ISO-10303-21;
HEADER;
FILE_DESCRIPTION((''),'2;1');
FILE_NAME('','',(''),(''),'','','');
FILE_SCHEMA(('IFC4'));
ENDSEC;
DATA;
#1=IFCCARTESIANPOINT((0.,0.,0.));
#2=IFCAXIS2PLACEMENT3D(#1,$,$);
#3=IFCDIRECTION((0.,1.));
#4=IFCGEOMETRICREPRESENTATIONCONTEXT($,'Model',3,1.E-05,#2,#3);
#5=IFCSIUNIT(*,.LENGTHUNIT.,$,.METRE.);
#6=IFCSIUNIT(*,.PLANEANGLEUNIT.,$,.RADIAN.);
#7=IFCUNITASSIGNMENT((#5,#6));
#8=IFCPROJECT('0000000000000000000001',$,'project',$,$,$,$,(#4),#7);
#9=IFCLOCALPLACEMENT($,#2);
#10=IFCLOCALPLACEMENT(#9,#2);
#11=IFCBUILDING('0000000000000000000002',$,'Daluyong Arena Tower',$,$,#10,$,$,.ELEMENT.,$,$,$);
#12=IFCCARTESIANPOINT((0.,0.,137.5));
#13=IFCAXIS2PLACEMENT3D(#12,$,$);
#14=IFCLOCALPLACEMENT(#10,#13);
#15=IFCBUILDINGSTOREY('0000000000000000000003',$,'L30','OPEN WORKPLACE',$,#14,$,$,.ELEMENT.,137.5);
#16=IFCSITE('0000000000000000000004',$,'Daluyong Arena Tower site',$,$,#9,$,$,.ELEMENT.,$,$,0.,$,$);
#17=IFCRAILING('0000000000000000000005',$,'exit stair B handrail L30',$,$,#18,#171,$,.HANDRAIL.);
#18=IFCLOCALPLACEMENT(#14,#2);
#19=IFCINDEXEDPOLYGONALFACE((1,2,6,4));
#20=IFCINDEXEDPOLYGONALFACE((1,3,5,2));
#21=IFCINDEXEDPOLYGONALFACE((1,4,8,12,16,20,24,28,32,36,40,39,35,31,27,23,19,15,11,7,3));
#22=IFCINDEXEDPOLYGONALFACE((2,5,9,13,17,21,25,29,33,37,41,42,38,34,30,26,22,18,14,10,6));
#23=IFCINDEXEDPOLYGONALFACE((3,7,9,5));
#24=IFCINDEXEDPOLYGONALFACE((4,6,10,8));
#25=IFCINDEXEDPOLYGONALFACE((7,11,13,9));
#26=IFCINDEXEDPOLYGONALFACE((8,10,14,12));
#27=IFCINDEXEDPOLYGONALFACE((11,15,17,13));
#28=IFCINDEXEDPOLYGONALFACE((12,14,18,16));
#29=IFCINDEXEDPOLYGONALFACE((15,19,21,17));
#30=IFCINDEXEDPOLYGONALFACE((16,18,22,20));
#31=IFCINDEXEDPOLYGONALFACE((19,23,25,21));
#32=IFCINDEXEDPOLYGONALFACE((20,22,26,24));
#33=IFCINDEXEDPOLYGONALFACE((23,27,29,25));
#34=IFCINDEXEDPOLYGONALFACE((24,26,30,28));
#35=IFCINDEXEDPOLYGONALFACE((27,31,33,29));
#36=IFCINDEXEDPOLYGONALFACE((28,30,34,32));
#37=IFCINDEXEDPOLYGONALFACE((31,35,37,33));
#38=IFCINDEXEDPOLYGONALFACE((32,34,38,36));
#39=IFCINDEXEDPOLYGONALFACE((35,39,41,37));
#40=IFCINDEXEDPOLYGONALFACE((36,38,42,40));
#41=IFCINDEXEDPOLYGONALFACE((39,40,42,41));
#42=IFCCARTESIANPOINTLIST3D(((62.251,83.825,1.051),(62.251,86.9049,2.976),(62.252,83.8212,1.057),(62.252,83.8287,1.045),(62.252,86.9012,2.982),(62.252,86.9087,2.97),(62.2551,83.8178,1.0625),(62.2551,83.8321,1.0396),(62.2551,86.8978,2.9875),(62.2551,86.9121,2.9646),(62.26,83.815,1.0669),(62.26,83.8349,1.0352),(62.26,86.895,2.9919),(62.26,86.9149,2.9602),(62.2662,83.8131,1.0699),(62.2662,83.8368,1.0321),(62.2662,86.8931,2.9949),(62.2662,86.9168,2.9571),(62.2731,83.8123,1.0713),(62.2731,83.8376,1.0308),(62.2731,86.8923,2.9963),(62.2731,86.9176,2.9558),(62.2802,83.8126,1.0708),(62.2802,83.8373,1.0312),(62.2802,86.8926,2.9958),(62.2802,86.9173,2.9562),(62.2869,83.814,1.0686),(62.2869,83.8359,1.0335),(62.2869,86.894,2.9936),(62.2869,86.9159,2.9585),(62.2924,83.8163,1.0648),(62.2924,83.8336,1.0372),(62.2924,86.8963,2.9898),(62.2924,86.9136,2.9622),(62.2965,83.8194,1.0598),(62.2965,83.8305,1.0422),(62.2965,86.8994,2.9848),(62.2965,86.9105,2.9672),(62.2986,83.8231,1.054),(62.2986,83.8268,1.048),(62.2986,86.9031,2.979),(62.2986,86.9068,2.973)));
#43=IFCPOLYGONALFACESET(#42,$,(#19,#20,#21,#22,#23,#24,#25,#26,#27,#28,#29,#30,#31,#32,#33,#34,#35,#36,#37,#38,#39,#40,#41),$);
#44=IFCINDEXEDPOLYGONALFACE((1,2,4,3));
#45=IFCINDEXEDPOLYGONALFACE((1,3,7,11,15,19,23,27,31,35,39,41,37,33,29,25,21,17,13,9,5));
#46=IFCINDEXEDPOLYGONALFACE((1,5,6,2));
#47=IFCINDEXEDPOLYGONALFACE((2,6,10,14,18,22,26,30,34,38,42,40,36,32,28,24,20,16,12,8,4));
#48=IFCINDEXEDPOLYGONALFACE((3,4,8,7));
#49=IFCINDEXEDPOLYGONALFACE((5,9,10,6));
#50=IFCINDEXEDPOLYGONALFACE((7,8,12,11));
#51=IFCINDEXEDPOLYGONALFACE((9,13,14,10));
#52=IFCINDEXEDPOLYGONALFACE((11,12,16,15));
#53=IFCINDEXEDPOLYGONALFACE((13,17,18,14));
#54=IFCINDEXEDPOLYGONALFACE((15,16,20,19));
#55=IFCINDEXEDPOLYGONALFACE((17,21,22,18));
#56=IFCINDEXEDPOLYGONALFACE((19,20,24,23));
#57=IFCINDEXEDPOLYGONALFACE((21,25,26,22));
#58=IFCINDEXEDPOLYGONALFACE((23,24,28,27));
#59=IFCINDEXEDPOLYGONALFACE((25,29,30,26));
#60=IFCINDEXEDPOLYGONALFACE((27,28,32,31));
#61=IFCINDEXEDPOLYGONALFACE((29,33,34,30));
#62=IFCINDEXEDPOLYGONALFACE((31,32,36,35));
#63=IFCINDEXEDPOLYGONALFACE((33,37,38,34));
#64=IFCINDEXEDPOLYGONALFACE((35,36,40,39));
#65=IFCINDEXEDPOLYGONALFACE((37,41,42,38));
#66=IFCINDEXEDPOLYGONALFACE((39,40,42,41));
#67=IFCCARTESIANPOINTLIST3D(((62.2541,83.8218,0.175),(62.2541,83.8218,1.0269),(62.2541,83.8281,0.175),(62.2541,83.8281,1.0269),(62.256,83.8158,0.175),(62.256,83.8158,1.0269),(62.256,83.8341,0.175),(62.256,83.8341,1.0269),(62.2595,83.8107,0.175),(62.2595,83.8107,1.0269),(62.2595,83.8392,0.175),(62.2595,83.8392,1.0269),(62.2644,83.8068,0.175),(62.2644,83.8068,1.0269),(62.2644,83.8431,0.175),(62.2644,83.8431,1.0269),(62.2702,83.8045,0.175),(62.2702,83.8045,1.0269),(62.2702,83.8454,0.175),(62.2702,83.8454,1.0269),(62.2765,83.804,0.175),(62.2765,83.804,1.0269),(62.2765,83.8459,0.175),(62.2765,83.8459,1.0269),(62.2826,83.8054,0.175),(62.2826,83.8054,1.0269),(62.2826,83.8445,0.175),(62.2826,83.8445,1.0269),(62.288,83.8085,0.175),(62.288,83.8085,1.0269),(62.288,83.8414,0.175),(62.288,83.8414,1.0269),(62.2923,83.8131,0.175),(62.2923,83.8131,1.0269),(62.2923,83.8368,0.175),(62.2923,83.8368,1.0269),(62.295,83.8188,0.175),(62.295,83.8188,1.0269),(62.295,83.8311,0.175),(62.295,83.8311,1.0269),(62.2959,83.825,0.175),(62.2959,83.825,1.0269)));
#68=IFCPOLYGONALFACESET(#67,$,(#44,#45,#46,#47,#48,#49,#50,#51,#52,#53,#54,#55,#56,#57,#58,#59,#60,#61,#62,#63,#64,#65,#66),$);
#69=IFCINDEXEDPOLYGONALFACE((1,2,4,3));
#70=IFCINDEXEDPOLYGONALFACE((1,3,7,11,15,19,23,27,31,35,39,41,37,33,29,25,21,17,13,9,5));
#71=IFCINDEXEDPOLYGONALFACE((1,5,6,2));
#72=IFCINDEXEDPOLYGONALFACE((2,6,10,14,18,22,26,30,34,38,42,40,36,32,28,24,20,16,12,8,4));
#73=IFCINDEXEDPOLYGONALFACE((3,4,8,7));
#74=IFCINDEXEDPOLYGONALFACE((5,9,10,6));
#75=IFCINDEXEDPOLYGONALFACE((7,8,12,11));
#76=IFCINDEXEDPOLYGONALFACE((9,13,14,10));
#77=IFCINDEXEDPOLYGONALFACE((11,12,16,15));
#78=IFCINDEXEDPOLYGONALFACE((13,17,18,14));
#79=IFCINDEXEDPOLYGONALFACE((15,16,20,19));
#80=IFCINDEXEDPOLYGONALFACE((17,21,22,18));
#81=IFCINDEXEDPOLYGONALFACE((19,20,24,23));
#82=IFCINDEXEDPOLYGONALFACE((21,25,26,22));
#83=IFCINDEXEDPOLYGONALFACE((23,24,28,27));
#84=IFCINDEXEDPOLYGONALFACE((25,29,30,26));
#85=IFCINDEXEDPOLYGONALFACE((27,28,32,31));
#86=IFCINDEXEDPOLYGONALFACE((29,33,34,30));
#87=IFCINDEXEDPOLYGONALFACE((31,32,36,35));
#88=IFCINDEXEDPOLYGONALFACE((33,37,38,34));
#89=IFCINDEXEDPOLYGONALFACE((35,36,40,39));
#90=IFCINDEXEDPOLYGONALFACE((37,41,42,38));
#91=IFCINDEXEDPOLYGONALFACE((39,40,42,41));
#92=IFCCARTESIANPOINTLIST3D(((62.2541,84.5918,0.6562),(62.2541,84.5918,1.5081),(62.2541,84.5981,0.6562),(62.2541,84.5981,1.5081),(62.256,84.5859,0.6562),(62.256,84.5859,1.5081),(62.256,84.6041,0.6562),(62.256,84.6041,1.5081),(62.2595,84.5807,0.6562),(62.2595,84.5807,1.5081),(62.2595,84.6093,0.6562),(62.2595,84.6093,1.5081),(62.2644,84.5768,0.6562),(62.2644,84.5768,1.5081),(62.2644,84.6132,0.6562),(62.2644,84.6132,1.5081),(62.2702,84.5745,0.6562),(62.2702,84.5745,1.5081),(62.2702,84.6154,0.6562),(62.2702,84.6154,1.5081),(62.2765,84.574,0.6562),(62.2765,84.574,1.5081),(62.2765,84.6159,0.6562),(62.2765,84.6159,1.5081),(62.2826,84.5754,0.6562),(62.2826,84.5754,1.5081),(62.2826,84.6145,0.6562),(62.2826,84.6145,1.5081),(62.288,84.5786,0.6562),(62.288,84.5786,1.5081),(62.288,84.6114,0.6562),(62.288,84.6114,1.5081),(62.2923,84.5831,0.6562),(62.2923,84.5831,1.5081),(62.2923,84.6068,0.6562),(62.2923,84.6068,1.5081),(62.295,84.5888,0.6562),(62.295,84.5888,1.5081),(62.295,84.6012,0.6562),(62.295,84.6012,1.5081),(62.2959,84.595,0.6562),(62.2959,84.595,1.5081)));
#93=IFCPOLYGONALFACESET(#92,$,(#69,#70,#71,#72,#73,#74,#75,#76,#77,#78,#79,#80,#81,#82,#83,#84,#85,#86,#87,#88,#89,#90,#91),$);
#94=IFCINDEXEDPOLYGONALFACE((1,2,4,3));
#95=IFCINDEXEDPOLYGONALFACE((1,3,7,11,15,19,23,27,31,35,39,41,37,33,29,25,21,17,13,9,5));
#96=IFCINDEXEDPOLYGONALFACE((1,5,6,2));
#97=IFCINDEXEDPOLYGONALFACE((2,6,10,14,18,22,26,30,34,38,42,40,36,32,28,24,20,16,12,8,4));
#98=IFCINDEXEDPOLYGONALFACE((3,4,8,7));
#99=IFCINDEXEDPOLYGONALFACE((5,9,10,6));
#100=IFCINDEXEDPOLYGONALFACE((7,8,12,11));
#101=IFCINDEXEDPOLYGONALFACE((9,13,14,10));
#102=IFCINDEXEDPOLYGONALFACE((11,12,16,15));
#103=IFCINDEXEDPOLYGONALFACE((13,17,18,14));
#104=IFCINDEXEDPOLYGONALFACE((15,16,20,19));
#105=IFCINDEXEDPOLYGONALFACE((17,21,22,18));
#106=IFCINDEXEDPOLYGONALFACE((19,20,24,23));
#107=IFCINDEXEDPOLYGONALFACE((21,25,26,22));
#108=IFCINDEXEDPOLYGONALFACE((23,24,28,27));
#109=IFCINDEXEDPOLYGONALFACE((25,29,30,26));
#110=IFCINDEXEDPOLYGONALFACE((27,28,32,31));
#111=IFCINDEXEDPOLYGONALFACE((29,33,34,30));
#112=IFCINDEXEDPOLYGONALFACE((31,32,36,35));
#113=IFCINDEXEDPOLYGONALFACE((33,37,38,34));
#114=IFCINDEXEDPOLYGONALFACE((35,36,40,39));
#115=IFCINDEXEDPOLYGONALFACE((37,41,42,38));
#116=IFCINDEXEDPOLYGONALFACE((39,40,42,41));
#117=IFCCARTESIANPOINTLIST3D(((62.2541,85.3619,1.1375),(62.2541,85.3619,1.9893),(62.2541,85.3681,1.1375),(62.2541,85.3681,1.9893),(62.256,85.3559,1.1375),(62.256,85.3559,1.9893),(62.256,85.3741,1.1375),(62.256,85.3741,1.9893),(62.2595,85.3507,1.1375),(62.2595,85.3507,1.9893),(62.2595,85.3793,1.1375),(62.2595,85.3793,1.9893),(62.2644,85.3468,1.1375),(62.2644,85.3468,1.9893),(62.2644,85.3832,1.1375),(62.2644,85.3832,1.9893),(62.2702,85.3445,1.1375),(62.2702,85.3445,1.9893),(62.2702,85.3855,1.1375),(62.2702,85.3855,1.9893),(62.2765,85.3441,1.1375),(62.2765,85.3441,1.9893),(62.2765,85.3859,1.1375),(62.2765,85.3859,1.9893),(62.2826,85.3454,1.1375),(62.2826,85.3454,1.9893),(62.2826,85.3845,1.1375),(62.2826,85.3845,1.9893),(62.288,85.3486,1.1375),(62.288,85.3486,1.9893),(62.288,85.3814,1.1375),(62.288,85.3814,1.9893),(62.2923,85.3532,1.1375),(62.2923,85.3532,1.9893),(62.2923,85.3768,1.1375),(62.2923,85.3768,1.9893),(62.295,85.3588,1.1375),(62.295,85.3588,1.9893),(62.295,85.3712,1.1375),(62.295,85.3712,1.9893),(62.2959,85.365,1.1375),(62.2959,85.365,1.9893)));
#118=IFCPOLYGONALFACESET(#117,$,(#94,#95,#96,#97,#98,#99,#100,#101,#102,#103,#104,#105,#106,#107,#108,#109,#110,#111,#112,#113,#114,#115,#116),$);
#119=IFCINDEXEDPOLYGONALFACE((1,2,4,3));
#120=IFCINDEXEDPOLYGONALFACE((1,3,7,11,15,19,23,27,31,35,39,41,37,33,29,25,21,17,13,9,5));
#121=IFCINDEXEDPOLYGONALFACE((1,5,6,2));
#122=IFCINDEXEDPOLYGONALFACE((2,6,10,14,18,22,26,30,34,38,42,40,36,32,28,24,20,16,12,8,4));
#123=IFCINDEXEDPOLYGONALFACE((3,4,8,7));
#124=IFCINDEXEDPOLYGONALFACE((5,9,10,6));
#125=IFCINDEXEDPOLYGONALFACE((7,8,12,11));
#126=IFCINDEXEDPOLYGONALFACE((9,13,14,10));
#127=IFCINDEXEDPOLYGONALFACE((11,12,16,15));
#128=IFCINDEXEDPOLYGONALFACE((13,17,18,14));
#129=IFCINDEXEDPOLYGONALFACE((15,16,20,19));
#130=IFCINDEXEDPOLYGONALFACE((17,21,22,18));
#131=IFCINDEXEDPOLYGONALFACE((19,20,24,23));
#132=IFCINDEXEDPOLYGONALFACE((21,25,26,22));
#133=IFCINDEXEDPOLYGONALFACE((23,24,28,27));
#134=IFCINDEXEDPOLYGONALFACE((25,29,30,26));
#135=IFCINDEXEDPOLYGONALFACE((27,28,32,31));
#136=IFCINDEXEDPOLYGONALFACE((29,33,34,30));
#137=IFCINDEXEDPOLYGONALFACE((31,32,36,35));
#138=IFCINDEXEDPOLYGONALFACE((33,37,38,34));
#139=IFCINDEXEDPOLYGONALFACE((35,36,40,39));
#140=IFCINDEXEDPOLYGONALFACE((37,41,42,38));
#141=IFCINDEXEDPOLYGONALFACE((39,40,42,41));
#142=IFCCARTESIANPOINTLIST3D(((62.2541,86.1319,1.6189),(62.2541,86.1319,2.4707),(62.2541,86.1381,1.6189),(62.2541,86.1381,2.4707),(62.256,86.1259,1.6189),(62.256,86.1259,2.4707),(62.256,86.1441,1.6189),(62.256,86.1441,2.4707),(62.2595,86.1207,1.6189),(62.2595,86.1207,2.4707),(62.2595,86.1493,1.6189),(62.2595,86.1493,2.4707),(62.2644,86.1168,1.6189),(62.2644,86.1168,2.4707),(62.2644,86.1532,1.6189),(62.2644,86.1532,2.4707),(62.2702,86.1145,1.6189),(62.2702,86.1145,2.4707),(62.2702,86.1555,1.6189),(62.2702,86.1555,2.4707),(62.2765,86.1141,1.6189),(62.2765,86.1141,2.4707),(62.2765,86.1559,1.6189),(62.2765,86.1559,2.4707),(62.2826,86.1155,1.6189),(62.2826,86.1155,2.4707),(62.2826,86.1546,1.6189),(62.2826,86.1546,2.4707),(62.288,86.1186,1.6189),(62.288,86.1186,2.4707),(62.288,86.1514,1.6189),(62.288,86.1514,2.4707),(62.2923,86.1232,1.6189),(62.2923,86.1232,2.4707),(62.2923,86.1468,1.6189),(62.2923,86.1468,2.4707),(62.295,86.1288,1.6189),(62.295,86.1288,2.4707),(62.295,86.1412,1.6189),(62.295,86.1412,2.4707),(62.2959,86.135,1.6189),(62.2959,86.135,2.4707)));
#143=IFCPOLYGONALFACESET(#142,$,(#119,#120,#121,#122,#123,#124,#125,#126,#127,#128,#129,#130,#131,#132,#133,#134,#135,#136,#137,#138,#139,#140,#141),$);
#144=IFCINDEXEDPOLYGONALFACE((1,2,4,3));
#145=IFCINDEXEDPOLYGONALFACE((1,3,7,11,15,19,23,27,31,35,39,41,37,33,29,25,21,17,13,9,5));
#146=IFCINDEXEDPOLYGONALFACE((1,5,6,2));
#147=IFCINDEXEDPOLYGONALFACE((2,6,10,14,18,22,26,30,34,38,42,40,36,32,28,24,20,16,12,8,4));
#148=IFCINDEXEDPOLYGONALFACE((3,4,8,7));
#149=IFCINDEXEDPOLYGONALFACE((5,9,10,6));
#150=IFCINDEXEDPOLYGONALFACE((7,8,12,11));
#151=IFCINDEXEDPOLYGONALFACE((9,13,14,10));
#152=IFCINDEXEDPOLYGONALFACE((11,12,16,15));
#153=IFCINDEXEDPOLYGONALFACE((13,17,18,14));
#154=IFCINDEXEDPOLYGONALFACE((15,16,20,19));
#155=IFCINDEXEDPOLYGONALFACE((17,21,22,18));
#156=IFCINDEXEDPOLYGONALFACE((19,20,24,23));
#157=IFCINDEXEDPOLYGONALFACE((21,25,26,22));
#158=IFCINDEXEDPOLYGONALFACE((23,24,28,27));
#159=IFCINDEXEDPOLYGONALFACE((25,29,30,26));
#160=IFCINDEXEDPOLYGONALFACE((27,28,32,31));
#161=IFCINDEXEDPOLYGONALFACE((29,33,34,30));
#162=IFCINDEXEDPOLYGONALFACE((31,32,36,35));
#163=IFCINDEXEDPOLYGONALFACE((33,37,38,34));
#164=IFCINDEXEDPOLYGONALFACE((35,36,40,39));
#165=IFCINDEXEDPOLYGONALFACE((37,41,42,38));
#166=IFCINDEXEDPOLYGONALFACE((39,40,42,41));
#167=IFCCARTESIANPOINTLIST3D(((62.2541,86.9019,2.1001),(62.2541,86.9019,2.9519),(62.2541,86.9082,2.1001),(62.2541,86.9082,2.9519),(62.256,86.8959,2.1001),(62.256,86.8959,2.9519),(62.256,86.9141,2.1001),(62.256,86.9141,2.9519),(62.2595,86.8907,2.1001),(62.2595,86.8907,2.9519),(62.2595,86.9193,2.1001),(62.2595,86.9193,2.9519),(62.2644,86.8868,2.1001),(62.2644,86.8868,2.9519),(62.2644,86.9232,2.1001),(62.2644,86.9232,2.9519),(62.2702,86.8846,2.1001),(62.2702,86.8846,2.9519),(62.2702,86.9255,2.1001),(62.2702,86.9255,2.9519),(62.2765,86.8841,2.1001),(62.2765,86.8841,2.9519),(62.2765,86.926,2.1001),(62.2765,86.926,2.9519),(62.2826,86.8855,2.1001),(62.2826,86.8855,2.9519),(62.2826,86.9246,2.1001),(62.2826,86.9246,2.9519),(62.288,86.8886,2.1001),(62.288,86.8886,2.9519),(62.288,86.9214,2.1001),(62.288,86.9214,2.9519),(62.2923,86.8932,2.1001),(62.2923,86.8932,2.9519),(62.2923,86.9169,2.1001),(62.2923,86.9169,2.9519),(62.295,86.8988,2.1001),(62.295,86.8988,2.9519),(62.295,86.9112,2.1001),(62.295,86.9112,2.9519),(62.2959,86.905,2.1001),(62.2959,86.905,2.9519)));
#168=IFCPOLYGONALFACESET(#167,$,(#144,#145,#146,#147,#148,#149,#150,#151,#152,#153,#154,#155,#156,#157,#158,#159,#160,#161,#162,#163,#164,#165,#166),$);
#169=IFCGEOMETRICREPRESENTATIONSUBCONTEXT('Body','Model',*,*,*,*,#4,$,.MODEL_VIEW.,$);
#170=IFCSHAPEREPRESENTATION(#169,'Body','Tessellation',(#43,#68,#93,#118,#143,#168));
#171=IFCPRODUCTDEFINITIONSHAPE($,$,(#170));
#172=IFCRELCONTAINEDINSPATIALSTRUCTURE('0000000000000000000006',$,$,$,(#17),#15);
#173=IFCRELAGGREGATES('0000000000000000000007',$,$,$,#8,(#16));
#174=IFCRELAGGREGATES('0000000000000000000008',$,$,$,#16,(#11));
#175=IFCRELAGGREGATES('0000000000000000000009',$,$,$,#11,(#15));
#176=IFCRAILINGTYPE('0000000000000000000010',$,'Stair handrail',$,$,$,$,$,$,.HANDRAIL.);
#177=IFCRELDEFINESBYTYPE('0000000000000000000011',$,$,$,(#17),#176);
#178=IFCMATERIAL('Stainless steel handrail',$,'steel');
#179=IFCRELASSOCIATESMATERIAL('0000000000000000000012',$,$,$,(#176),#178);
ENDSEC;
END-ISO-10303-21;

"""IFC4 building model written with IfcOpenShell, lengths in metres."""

from ifc_helpers import new_model, si_unit, direction, frame, origin, origin_2d, place, context, subcontext, project, spatial, circle, extrude, material, type_object, element, save


model = new_model("IFC4")

# Units and contexts
model_context = context("Model", 3, precision=1e-05, world=origin(), true_north=direction((0.0, 1.0)))
body_context = subcontext(model_context, "Body", "Model", "MODEL_VIEW")
ifc_project = project(units=[si_unit("LENGTHUNIT", "METRE"), si_unit("PLANEANGLEUNIT", "RADIAN")], contexts=[model_context])

# Site, building, storey
site_placement = place(None, origin())
site = spatial("IfcSite", under=ifc_project, at=site_placement, Name="Daluyong Arena Tower site", CompositionType="ELEMENT", RefElevation=0.0)
building_placement = place(site_placement, origin())
building = spatial("IfcBuilding", under=site, at=building_placement, Name="Daluyong Arena Tower", CompositionType="ELEMENT")
storey_placement = place(building_placement, frame((0.0, 0.0, 137.5)))
storey = spatial("IfcBuildingStorey", under=building, at=storey_placement, Name="L30", Description="OPEN WORKPLACE", CompositionType="ELEMENT", Elevation=137.5)

# Railing
ifc_material_1 = material(Name="Stainless steel handrail", Category="steel")
railing_type_1 = type_object("IfcRailingType", Name="Stair handrail", PredefinedType="HANDRAIL", material=ifc_material_1)
railing_1_placement = place(storey_placement, frame((62.2749, 83.825, 0.175)))
element("IfcRailing", 1, at=railing_1_placement, inside=storey, type_object=railing_type_1, Name="exit stair B handrail L30", PredefinedType="HANDRAIL", context=body_context, shape_type="SweptSolid", body=[
    extrude(circle(Radius=0.0239, at=origin_2d()), frame((0.0, 0.0, 0.876), z_axis=(0.0, 0.847998, 0.529999), x_axis=(-1.0, 0.0, 0.0)), (0.0, 0.0, 1.0), 3.6321),
    extrude(circle(Radius=0.021, at=origin_2d()), origin(), (0.0, 0.0, 1.0), 0.8518),
    extrude(circle(Radius=0.021, at=origin_2d()), frame((0.0, 0.77, 0.4812)), (0.0, 0.0, 1.0), 0.8518),
    extrude(circle(Radius=0.021, at=origin_2d()), frame((0.0, 1.54, 0.9624)), (0.0, 0.0, 1.0), 0.8518),
    extrude(circle(Radius=0.021, at=origin_2d()), frame((0.0, 2.3101, 1.4438)), (0.0, 0.0, 1.0), 0.8518),
    extrude(circle(Radius=0.021, at=origin_2d()), frame((0.0, 3.0801, 1.925)), (0.0, 0.0, 1.0), 0.8518),
])

save(model, "model.ifc")
